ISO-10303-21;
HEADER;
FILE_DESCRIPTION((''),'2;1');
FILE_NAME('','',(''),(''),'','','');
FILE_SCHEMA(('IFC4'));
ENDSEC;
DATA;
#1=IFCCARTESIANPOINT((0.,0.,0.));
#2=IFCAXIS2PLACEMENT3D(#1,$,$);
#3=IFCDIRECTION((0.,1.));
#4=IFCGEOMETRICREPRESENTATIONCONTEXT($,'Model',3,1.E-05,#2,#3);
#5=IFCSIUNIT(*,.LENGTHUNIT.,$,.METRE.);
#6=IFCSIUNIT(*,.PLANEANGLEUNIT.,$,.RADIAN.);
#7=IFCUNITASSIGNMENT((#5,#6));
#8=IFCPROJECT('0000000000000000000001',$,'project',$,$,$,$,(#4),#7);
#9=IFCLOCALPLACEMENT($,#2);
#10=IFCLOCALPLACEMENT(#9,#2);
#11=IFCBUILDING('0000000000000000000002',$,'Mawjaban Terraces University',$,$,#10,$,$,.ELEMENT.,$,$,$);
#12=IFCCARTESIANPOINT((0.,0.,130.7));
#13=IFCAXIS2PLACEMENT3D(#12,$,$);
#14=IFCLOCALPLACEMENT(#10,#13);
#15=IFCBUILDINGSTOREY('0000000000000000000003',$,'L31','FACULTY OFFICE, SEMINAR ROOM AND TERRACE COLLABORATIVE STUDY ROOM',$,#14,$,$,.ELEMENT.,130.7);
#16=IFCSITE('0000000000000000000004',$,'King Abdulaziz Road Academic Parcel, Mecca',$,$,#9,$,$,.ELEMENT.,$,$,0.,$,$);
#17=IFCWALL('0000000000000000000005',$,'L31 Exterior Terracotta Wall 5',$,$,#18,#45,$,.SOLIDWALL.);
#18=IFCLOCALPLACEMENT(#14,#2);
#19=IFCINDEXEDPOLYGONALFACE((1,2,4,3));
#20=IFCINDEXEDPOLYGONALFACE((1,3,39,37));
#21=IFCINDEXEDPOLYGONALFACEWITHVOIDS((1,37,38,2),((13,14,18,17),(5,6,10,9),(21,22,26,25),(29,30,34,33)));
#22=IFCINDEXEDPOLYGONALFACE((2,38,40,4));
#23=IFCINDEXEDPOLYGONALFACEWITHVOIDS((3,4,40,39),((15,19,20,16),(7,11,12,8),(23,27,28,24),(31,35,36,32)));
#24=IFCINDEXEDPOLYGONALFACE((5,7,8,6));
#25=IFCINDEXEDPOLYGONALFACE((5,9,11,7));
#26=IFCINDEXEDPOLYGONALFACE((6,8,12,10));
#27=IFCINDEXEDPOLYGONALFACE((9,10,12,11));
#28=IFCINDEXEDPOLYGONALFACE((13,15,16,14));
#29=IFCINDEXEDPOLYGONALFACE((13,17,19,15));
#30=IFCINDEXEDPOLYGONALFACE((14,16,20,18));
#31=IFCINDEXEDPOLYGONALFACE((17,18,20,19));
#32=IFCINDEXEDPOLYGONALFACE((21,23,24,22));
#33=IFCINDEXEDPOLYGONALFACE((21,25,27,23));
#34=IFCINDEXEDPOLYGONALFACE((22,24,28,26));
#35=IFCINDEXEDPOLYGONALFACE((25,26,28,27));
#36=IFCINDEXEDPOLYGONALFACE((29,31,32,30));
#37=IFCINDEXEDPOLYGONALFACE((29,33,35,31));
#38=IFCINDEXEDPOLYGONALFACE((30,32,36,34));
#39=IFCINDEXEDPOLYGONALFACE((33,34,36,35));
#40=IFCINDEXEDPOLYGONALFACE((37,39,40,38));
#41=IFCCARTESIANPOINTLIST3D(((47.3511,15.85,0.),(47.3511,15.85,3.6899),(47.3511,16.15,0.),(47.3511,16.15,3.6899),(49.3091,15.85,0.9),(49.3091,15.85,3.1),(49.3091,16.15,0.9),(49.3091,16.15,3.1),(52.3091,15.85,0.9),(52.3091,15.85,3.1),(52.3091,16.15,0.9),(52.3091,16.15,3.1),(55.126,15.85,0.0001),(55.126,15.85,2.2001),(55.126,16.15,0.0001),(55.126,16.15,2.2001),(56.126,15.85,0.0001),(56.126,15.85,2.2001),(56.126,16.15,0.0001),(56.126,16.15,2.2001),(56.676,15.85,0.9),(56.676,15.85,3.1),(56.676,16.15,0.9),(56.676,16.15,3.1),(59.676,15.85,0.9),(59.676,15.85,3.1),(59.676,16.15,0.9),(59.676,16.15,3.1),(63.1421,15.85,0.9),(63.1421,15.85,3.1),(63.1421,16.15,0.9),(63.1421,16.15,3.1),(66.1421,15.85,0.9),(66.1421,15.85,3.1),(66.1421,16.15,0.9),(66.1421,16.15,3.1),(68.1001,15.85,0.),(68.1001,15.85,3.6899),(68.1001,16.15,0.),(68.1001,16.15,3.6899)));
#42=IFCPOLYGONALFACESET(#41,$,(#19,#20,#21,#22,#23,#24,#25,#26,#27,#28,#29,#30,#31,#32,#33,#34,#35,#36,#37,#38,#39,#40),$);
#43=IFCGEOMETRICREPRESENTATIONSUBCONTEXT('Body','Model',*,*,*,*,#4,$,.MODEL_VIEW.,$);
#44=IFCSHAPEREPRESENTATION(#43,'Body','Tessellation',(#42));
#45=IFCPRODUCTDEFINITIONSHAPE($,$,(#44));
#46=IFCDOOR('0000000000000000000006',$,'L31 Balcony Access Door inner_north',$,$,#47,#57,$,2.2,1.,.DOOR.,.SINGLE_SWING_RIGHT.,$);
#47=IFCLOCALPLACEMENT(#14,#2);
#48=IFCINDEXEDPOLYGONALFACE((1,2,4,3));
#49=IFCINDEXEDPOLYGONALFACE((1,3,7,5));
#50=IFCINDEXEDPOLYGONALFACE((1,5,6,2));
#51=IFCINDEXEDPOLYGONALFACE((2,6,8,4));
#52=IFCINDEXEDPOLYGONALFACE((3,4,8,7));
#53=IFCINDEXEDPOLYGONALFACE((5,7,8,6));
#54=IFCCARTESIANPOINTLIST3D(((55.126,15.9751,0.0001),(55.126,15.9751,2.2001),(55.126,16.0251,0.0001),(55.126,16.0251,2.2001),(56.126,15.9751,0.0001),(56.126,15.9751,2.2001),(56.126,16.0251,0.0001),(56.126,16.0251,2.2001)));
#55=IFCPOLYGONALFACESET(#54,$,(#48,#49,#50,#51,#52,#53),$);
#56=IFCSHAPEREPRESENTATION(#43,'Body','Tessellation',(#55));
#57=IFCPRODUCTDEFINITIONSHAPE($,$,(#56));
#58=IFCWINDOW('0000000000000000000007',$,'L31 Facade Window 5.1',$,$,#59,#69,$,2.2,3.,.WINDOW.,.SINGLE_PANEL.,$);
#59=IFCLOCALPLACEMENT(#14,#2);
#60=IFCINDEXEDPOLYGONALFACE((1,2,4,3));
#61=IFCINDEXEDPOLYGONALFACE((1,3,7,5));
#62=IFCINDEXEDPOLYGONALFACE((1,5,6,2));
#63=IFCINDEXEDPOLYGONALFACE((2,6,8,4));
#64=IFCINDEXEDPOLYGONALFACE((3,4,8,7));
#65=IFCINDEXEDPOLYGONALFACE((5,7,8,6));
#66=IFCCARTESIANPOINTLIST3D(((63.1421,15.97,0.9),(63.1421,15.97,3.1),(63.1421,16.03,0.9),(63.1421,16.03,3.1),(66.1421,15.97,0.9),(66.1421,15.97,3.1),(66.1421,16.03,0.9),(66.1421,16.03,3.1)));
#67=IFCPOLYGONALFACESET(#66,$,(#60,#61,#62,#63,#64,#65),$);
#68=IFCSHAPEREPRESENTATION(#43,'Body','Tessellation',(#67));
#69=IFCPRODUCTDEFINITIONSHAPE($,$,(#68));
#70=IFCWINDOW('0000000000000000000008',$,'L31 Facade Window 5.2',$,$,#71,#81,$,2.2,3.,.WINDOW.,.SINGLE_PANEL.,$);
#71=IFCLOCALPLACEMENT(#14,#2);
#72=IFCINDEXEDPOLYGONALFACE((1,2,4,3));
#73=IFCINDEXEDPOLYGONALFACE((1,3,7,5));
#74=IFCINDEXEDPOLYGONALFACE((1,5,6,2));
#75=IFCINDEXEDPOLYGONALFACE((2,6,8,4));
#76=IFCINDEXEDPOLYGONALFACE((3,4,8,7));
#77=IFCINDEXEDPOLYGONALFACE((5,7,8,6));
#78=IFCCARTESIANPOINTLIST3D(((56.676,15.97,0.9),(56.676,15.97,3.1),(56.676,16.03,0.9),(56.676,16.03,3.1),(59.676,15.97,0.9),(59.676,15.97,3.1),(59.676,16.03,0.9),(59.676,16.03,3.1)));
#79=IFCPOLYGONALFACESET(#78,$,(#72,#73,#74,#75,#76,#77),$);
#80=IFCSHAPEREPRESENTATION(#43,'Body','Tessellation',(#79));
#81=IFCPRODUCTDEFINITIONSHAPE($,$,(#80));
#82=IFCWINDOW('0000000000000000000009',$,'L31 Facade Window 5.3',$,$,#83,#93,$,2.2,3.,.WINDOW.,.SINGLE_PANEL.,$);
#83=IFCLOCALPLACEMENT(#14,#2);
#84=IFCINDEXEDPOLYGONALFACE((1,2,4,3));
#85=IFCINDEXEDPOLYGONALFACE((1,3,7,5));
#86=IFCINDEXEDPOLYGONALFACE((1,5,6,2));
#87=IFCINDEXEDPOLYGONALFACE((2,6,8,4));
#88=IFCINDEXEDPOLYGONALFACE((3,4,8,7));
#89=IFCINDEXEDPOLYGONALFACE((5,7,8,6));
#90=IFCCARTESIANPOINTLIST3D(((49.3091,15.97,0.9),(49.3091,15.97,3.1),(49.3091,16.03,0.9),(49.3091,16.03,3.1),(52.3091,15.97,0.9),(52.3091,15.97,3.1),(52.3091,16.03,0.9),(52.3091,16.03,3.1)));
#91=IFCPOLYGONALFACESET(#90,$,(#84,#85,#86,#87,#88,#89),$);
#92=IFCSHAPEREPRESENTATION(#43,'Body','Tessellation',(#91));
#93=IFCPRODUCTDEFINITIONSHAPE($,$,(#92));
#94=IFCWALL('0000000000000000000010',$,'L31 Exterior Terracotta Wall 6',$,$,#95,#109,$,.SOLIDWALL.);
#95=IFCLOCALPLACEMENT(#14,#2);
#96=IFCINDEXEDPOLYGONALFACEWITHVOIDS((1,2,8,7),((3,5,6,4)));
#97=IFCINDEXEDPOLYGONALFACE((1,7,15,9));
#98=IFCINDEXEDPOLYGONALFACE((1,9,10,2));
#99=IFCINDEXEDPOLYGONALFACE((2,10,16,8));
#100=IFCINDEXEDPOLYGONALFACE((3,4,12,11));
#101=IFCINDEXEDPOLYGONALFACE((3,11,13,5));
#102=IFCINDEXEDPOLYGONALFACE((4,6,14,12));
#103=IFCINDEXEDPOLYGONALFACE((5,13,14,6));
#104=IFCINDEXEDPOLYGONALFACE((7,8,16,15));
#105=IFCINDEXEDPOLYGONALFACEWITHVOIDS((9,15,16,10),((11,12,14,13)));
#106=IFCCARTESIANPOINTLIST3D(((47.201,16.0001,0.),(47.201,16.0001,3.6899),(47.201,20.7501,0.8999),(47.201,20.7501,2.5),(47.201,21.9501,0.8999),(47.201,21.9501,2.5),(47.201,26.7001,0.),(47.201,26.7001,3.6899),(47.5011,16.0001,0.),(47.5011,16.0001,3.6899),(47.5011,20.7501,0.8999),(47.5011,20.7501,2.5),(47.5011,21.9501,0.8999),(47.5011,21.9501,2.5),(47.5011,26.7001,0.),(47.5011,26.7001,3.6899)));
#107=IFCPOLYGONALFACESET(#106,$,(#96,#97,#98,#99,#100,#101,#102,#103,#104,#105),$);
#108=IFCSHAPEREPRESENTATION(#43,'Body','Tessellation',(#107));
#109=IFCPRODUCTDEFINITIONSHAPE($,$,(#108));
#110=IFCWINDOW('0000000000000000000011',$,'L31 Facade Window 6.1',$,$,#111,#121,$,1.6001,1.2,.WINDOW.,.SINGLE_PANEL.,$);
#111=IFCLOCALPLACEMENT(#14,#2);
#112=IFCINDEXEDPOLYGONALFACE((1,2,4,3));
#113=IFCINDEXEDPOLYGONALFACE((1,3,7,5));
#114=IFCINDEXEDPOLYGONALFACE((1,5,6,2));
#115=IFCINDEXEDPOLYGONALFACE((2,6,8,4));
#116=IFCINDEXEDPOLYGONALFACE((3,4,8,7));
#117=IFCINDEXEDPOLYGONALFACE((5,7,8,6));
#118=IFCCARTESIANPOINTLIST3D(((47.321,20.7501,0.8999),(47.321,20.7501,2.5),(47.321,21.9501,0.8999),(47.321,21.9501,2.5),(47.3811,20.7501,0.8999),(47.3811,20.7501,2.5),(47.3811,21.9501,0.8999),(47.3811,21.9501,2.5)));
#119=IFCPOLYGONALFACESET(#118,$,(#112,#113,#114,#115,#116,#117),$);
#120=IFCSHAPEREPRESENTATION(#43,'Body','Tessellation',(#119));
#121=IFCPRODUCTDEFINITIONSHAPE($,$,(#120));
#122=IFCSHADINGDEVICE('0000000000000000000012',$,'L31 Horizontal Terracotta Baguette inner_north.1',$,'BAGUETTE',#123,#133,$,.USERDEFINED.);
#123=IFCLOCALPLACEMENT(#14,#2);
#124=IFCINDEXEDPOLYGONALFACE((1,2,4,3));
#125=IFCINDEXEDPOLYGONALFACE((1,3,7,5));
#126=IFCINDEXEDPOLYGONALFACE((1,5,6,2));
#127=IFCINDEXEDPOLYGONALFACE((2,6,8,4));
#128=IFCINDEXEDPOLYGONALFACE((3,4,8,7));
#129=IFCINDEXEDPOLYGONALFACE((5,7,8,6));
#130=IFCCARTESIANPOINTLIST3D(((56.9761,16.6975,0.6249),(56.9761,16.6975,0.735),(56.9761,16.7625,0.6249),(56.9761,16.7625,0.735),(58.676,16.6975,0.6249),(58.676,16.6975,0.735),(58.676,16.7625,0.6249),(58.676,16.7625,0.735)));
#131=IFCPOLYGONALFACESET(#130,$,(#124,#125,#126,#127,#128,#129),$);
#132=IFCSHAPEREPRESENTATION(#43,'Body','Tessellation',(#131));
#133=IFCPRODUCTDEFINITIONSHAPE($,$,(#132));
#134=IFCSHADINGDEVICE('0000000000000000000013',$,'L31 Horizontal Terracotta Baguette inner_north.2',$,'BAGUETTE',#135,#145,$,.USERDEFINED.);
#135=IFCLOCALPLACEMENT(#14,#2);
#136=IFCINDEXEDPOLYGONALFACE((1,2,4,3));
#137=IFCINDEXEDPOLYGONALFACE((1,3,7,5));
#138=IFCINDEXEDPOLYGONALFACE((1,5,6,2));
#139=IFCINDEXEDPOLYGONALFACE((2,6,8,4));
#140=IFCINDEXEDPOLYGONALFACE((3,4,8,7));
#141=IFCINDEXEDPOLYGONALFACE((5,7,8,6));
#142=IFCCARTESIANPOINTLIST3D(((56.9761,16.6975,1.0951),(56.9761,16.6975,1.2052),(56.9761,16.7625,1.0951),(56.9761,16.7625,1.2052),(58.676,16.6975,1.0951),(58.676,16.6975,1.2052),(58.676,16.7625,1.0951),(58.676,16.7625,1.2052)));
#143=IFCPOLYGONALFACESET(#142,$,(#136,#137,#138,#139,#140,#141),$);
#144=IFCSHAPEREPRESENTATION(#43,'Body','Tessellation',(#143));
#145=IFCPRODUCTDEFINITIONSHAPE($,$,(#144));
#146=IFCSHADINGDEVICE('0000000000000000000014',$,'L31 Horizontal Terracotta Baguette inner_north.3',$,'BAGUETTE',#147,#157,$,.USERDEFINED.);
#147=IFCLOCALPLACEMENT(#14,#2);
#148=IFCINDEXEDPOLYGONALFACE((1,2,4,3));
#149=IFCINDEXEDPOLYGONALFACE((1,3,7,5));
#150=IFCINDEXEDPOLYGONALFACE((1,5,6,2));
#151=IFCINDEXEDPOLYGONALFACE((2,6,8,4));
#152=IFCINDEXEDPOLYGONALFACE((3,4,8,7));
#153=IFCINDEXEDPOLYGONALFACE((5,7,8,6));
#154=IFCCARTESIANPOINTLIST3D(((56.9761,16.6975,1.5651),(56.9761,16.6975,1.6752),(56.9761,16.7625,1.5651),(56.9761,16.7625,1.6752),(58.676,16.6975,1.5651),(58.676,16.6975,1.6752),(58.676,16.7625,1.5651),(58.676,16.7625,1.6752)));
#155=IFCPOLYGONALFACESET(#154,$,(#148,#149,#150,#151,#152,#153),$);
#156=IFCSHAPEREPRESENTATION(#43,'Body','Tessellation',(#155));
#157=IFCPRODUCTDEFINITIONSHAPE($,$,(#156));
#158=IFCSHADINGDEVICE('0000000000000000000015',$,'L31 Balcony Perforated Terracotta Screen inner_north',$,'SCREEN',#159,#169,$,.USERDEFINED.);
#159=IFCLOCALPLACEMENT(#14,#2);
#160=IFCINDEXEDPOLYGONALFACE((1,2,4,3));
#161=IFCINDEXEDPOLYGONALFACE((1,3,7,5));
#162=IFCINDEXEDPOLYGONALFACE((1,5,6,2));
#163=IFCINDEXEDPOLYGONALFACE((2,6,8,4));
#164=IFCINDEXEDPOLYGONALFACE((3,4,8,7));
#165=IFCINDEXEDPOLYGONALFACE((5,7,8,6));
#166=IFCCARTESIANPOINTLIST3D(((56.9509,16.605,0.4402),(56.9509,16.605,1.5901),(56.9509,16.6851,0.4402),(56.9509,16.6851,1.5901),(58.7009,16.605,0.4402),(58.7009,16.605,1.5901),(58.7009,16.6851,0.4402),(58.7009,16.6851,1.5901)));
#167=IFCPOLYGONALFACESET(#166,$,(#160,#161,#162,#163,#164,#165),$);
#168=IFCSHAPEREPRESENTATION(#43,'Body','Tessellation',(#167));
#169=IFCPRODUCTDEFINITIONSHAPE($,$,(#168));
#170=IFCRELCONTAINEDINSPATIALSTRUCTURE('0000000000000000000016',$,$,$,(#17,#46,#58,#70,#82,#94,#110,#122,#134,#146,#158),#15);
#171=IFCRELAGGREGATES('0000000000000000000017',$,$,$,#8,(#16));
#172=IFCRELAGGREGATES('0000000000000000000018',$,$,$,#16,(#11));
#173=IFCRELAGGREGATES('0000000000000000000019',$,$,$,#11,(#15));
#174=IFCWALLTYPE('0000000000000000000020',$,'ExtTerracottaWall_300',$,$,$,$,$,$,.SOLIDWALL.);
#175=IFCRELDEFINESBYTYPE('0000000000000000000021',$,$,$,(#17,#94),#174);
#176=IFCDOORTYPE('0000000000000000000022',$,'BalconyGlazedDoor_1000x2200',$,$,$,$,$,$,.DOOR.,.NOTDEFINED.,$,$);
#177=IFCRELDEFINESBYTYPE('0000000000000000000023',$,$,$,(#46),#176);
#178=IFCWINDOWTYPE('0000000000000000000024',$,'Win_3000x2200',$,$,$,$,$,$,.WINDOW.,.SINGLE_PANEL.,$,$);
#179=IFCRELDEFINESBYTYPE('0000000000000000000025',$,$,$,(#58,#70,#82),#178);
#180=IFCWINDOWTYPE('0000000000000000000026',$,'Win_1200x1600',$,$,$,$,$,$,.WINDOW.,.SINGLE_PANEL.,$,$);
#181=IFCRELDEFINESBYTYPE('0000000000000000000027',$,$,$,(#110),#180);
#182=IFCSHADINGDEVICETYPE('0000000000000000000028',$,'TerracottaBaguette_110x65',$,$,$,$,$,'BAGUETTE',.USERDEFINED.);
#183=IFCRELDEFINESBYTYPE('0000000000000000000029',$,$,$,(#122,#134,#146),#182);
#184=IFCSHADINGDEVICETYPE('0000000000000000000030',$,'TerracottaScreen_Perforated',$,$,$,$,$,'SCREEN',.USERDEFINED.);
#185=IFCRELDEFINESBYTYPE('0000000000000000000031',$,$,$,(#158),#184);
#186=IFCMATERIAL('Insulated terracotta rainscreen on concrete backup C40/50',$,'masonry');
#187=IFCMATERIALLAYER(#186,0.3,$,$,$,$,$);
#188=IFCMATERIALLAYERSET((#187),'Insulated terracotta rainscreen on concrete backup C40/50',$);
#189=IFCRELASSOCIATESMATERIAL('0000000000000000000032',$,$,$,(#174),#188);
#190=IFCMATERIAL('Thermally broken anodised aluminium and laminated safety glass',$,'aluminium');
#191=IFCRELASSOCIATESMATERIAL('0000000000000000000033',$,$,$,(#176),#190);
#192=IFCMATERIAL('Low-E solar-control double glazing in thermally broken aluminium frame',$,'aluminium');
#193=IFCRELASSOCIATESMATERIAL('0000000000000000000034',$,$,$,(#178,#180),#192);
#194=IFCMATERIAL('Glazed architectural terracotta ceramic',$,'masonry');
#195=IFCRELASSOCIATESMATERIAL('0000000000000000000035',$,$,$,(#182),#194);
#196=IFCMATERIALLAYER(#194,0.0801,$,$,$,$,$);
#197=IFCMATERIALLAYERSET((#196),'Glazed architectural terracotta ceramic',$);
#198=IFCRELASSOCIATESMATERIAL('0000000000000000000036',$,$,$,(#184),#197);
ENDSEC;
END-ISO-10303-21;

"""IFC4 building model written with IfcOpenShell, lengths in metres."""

from ifc_helpers import new_model, si_unit, direction, frame, frame_2d, origin, origin_2d, place, context, subcontext, project, spatial, rectangle, extrude, material, layer, layer_set, material_profile, profile_set, type_object, element, fill, save


model = new_model("IFC4")

# Units and contexts
model_context = context("Model", 3, precision=1e-05, world=origin(), true_north=direction((0.0, 1.0)))
body_context = subcontext(model_context, "Body", "Model", "MODEL_VIEW")
ifc_project = project(units=[si_unit("LENGTHUNIT", "METRE"), si_unit("PLANEANGLEUNIT", "RADIAN")], contexts=[model_context])

# Site, building, storey
site_placement = place(None, origin())
site = spatial("IfcSite", under=ifc_project, at=site_placement, Name="King Abdulaziz Road Academic Parcel, Mecca", CompositionType="ELEMENT", RefElevation=0.0)
building_placement = place(site_placement, origin())
building = spatial("IfcBuilding", under=site, at=building_placement, Name="Mawjaban Terraces University", CompositionType="ELEMENT")
storey_placement = place(building_placement, frame((0.0, 0.0, 130.7)))
storey = spatial("IfcBuildingStorey", under=building, at=storey_placement, Name="L31", Description="FACULTY OFFICE, SEMINAR ROOM AND TERRACE COLLABORATIVE STUDY ROOM", CompositionType="ELEMENT", Elevation=130.7)

# Wall, openings, door, windows
ifc_material_1 = material(Name="Insulated terracotta rainscreen on concrete backup C40/50", Category="masonry")
ifc_layer_1 = layer(ifc_material_1, 0.3)
ifc_layer_set_1 = layer_set([ifc_layer_1], Name="Insulated terracotta rainscreen on concrete backup C40/50")
wall_type = type_object("IfcWallType", Name="ExtTerracottaWall_300", PredefinedType="SOLIDWALL", material=ifc_layer_set_1)
wall_1_placement = place(storey_placement, frame((68.1001, 16.0, 0.0), z_axis=(0.0, 0.0, 1.0), x_axis=(-1.0, 0.0, 0.0)))
wall_1 = element("IfcWall", 1, at=wall_1_placement, inside=storey, type_object=wall_type, Name="L31 Exterior Terracotta Wall 5", PredefinedType="SOLIDWALL", context=body_context, shape_type="SweptSolid", body=[
    extrude(rectangle(XDim=20.749, YDim=0.3, at=frame_2d((10.3745, 0.0))), origin(), (0.0, 0.0, 1.0), 3.6899),
])
opening_1_placement = place(wall_1_placement, frame((11.9741, 0.0, 0.0)))
opening_1 = element("IfcOpeningElement", 2, at=opening_1_placement, cuts=wall_1, PredefinedType="OPENING", context=body_context, shape_type="SweptSolid", body=[
    extrude(rectangle(XDim=1.0, YDim=2.2, at=frame_2d((0.5, 1.1001))), frame((0.0, 0.1599, 0.0), z_axis=(0.0, -1.0, 0.0), x_axis=(1.0, 0.0, 0.0)), (0.0, 0.0, 1.0), 0.3201),
])
opening_2_placement = place(wall_1_placement, frame((1.958, 0.0, 0.8999)))
opening_2 = element("IfcOpeningElement", 3, at=opening_2_placement, cuts=wall_1, PredefinedType="OPENING", context=body_context, shape_type="SweptSolid", body=[
    extrude(rectangle(XDim=3.0, YDim=2.2, at=frame_2d((1.5, 1.1001))), frame((0.0, 0.1599, 0.0), z_axis=(0.0, -1.0, 0.0), x_axis=(1.0, 0.0, 0.0)), (0.0, 0.0, 1.0), 0.3201),
])
opening_3_placement = place(wall_1_placement, frame((8.4241, 0.0, 0.8999)))
opening_3 = element("IfcOpeningElement", 4, at=opening_3_placement, cuts=wall_1, PredefinedType="OPENING", context=body_context, shape_type="SweptSolid", body=[
    extrude(rectangle(XDim=3.0, YDim=2.2, at=frame_2d((1.5, 1.1001))), frame((0.0, 0.1599, 0.0), z_axis=(0.0, -1.0, 0.0), x_axis=(1.0, 0.0, 0.0)), (0.0, 0.0, 1.0), 0.3201),
])
opening_4_placement = place(wall_1_placement, frame((15.791, 0.0, 0.8999)))
opening_4 = element("IfcOpeningElement", 5, at=opening_4_placement, cuts=wall_1, PredefinedType="OPENING", context=body_context, shape_type="SweptSolid", body=[
    extrude(rectangle(XDim=3.0, YDim=2.2, at=frame_2d((1.5, 1.1001))), frame((0.0, 0.1599, 0.0), z_axis=(0.0, -1.0, 0.0), x_axis=(1.0, 0.0, 0.0)), (0.0, 0.0, 1.0), 0.3201),
])
ifc_material_2 = material(Name="Thermally broken anodised aluminium and laminated safety glass", Category="aluminium")
door_type = type_object("IfcDoorType", Name="BalconyGlazedDoor_1000x2200", OperationType="NOTDEFINED", PredefinedType="DOOR", material=ifc_material_2)
door_placement = place(opening_1_placement, origin())
door = element("IfcDoor", 6, at=door_placement, inside=storey, type_object=door_type, Name="L31 Balcony Access Door inner_north", OperationType="SINGLE_SWING_RIGHT", OverallHeight=2.2, OverallWidth=1.0, PredefinedType="DOOR", context=body_context, shape_type="SweptSolid", body=[
    extrude(rectangle(XDim=1.0, YDim=2.2, at=frame_2d((0.5, 1.1001))), frame((0.0, 0.0249, 0.0), z_axis=(0.0, -1.0, 0.0), x_axis=(1.0, 0.0, 0.0)), (0.0, 0.0, 1.0), 0.05),
])
fill(opening_1, door)
ifc_material_3 = material(Name="Low-E solar-control double glazing in thermally broken aluminium frame", Category="aluminium")
window_type_1 = type_object("IfcWindowType", Name="Win_3000x2200", PartitioningType="SINGLE_PANEL", PredefinedType="WINDOW", material=ifc_material_3)
window_1_placement = place(opening_2_placement, origin())
window_1 = element("IfcWindow", 7, at=window_1_placement, inside=storey, type_object=window_type_1, Name="L31 Facade Window 5.1", OverallHeight=2.2, OverallWidth=3.0, PartitioningType="SINGLE_PANEL", PredefinedType="WINDOW", context=body_context, shape_type="SweptSolid", body=[
    extrude(rectangle(XDim=3.0, YDim=2.2, at=frame_2d((1.5, 1.1001))), frame((0.0, 0.03, 0.0), z_axis=(0.0, -1.0, 0.0), x_axis=(1.0, 0.0, 0.0)), (0.0, 0.0, 1.0), 0.0601),
])
fill(opening_2, window_1)
window_2_placement = place(opening_3_placement, origin())
window_2 = element("IfcWindow", 8, at=window_2_placement, inside=storey, type_object=window_type_1, Name="L31 Facade Window 5.2", OverallHeight=2.2, OverallWidth=3.0, PartitioningType="SINGLE_PANEL", PredefinedType="WINDOW", context=body_context, shape_type="SweptSolid", body=[
    extrude(rectangle(XDim=3.0, YDim=2.2, at=frame_2d((1.5, 1.1001))), frame((0.0, 0.03, 0.0), z_axis=(0.0, -1.0, 0.0), x_axis=(1.0, 0.0, 0.0)), (0.0, 0.0, 1.0), 0.0601),
])
fill(opening_3, window_2)
window_3_placement = place(opening_4_placement, origin())
window_3 = element("IfcWindow", 9, at=window_3_placement, inside=storey, type_object=window_type_1, Name="L31 Facade Window 5.3", OverallHeight=2.2, OverallWidth=3.0, PartitioningType="SINGLE_PANEL", PredefinedType="WINDOW", context=body_context, shape_type="SweptSolid", body=[
    extrude(rectangle(XDim=3.0, YDim=2.2, at=frame_2d((1.5, 1.1001))), frame((0.0, 0.03, 0.0), z_axis=(0.0, -1.0, 0.0), x_axis=(1.0, 0.0, 0.0)), (0.0, 0.0, 1.0), 0.0601),
])
fill(opening_4, window_3)

# Wall, opening, window
wall_2_placement = place(storey_placement, frame((47.3511, 16.0, 0.0), z_axis=(0.0, 0.0, 1.0), x_axis=(0.0, 1.0, 0.0)))
wall_2 = element("IfcWall", 10, at=wall_2_placement, inside=storey, type_object=wall_type, Name="L31 Exterior Terracotta Wall 6", PredefinedType="SOLIDWALL", context=body_context, shape_type="SweptSolid", body=[
    extrude(rectangle(XDim=10.7, YDim=0.3, at=frame_2d((5.3501, 0.0))), origin(), (0.0, 0.0, 1.0), 3.6899),
])
opening_5_placement = place(wall_2_placement, frame((4.75, 0.0, 0.8999)))
opening_5 = element("IfcOpeningElement", 11, at=opening_5_placement, cuts=wall_2, PredefinedType="OPENING", context=body_context, shape_type="SweptSolid", body=[
    extrude(rectangle(XDim=1.2, YDim=1.6001, at=frame_2d((0.6001, 0.8))), frame((0.0, 0.1599, 0.0), z_axis=(0.0, -1.0, 0.0), x_axis=(1.0, 0.0, 0.0)), (0.0, 0.0, 1.0), 0.3201),
])
window_type_2 = type_object("IfcWindowType", Name="Win_1200x1600", PartitioningType="SINGLE_PANEL", PredefinedType="WINDOW", material=ifc_material_3)
window_4_placement = place(opening_5_placement, origin())
window_4 = element("IfcWindow", 12, at=window_4_placement, inside=storey, type_object=window_type_2, Name="L31 Facade Window 6.1", OverallHeight=1.6001, OverallWidth=1.2, PartitioningType="SINGLE_PANEL", PredefinedType="WINDOW", context=body_context, shape_type="SweptSolid", body=[
    extrude(rectangle(XDim=1.2, YDim=1.6001, at=frame_2d((0.6001, 0.8))), frame((0.0, 0.03, 0.0), z_axis=(0.0, -1.0, 0.0), x_axis=(1.0, 0.0, 0.0)), (0.0, 0.0, 1.0), 0.0601),
])
fill(opening_5, window_4)

# Shading devices
ifc_material_4 = material(Name="Glazed architectural terracotta ceramic", Category="masonry")
ifc_material_profile_1 = material_profile(ifc_material_4, rectangle(XDim=0.0649, YDim=0.1101, at=origin_2d()), Name="TBAG110X65")
ifc_profile_set_1 = profile_set([ifc_material_profile_1], Name="Glazed architectural terracotta ceramic")
shading_device_type_1 = type_object("IfcShadingDeviceType", Name="TerracottaBaguette_110x65", ElementType="BAGUETTE", PredefinedType="USERDEFINED", material=ifc_profile_set_1)
for number, where, z_axis, x_axis, name in (
    (13, (56.9761, 16.73, 0.6799), (1.0, 0.0, 0.0), (0.0, 1.0, 0.0), "L31 Horizontal Terracotta Baguette inner_north.1"),
    (14, (56.9761, 16.73, 1.1501), (1.0, 0.0, 0.0), (0.0, 1.0, 0.0), "L31 Horizontal Terracotta Baguette inner_north.2"),
    (15, (56.9761, 16.73, 1.6201), (1.0, 0.0, 0.0), (0.0, 1.0, 0.0), "L31 Horizontal Terracotta Baguette inner_north.3"),
):
    element("IfcShadingDevice", number, at=place(storey_placement, frame(where, z_axis=z_axis, x_axis=x_axis)), inside=storey, type_object=shading_device_type_1, Name=name, ObjectType="BAGUETTE", PredefinedType="USERDEFINED", context=body_context, shape_type="SweptSolid", body=[
        extrude(rectangle(XDim=0.0649, YDim=0.1101, at=origin_2d()), origin(), (0.0, 0.0, 1.0), 1.7),
    ])
ifc_layer_2 = layer(ifc_material_4, 0.0801)
ifc_layer_set_2 = layer_set([ifc_layer_2], Name="Glazed architectural terracotta ceramic")
shading_device_type_2 = type_object("IfcShadingDeviceType", Name="TerracottaScreen_Perforated", ElementType="SCREEN", PredefinedType="USERDEFINED", material=ifc_layer_set_2)
shading_device_placement = place(storey_placement, frame((57.8259, 16.645, 0.4402), z_axis=(0.0, 0.0, 1.0), x_axis=(1.0, 0.0, 0.0)))
element("IfcShadingDevice", 16, at=shading_device_placement, inside=storey, type_object=shading_device_type_2, Name="L31 Balcony Perforated Terracotta Screen inner_north", ObjectType="SCREEN", PredefinedType="USERDEFINED", context=body_context, shape_type="SweptSolid", body=[
    extrude(rectangle(XDim=1.75, YDim=0.0801, at=origin_2d()), origin(), (0.0, 0.0, 1.0), 1.1499),
])

save(model, "model.ifc")
